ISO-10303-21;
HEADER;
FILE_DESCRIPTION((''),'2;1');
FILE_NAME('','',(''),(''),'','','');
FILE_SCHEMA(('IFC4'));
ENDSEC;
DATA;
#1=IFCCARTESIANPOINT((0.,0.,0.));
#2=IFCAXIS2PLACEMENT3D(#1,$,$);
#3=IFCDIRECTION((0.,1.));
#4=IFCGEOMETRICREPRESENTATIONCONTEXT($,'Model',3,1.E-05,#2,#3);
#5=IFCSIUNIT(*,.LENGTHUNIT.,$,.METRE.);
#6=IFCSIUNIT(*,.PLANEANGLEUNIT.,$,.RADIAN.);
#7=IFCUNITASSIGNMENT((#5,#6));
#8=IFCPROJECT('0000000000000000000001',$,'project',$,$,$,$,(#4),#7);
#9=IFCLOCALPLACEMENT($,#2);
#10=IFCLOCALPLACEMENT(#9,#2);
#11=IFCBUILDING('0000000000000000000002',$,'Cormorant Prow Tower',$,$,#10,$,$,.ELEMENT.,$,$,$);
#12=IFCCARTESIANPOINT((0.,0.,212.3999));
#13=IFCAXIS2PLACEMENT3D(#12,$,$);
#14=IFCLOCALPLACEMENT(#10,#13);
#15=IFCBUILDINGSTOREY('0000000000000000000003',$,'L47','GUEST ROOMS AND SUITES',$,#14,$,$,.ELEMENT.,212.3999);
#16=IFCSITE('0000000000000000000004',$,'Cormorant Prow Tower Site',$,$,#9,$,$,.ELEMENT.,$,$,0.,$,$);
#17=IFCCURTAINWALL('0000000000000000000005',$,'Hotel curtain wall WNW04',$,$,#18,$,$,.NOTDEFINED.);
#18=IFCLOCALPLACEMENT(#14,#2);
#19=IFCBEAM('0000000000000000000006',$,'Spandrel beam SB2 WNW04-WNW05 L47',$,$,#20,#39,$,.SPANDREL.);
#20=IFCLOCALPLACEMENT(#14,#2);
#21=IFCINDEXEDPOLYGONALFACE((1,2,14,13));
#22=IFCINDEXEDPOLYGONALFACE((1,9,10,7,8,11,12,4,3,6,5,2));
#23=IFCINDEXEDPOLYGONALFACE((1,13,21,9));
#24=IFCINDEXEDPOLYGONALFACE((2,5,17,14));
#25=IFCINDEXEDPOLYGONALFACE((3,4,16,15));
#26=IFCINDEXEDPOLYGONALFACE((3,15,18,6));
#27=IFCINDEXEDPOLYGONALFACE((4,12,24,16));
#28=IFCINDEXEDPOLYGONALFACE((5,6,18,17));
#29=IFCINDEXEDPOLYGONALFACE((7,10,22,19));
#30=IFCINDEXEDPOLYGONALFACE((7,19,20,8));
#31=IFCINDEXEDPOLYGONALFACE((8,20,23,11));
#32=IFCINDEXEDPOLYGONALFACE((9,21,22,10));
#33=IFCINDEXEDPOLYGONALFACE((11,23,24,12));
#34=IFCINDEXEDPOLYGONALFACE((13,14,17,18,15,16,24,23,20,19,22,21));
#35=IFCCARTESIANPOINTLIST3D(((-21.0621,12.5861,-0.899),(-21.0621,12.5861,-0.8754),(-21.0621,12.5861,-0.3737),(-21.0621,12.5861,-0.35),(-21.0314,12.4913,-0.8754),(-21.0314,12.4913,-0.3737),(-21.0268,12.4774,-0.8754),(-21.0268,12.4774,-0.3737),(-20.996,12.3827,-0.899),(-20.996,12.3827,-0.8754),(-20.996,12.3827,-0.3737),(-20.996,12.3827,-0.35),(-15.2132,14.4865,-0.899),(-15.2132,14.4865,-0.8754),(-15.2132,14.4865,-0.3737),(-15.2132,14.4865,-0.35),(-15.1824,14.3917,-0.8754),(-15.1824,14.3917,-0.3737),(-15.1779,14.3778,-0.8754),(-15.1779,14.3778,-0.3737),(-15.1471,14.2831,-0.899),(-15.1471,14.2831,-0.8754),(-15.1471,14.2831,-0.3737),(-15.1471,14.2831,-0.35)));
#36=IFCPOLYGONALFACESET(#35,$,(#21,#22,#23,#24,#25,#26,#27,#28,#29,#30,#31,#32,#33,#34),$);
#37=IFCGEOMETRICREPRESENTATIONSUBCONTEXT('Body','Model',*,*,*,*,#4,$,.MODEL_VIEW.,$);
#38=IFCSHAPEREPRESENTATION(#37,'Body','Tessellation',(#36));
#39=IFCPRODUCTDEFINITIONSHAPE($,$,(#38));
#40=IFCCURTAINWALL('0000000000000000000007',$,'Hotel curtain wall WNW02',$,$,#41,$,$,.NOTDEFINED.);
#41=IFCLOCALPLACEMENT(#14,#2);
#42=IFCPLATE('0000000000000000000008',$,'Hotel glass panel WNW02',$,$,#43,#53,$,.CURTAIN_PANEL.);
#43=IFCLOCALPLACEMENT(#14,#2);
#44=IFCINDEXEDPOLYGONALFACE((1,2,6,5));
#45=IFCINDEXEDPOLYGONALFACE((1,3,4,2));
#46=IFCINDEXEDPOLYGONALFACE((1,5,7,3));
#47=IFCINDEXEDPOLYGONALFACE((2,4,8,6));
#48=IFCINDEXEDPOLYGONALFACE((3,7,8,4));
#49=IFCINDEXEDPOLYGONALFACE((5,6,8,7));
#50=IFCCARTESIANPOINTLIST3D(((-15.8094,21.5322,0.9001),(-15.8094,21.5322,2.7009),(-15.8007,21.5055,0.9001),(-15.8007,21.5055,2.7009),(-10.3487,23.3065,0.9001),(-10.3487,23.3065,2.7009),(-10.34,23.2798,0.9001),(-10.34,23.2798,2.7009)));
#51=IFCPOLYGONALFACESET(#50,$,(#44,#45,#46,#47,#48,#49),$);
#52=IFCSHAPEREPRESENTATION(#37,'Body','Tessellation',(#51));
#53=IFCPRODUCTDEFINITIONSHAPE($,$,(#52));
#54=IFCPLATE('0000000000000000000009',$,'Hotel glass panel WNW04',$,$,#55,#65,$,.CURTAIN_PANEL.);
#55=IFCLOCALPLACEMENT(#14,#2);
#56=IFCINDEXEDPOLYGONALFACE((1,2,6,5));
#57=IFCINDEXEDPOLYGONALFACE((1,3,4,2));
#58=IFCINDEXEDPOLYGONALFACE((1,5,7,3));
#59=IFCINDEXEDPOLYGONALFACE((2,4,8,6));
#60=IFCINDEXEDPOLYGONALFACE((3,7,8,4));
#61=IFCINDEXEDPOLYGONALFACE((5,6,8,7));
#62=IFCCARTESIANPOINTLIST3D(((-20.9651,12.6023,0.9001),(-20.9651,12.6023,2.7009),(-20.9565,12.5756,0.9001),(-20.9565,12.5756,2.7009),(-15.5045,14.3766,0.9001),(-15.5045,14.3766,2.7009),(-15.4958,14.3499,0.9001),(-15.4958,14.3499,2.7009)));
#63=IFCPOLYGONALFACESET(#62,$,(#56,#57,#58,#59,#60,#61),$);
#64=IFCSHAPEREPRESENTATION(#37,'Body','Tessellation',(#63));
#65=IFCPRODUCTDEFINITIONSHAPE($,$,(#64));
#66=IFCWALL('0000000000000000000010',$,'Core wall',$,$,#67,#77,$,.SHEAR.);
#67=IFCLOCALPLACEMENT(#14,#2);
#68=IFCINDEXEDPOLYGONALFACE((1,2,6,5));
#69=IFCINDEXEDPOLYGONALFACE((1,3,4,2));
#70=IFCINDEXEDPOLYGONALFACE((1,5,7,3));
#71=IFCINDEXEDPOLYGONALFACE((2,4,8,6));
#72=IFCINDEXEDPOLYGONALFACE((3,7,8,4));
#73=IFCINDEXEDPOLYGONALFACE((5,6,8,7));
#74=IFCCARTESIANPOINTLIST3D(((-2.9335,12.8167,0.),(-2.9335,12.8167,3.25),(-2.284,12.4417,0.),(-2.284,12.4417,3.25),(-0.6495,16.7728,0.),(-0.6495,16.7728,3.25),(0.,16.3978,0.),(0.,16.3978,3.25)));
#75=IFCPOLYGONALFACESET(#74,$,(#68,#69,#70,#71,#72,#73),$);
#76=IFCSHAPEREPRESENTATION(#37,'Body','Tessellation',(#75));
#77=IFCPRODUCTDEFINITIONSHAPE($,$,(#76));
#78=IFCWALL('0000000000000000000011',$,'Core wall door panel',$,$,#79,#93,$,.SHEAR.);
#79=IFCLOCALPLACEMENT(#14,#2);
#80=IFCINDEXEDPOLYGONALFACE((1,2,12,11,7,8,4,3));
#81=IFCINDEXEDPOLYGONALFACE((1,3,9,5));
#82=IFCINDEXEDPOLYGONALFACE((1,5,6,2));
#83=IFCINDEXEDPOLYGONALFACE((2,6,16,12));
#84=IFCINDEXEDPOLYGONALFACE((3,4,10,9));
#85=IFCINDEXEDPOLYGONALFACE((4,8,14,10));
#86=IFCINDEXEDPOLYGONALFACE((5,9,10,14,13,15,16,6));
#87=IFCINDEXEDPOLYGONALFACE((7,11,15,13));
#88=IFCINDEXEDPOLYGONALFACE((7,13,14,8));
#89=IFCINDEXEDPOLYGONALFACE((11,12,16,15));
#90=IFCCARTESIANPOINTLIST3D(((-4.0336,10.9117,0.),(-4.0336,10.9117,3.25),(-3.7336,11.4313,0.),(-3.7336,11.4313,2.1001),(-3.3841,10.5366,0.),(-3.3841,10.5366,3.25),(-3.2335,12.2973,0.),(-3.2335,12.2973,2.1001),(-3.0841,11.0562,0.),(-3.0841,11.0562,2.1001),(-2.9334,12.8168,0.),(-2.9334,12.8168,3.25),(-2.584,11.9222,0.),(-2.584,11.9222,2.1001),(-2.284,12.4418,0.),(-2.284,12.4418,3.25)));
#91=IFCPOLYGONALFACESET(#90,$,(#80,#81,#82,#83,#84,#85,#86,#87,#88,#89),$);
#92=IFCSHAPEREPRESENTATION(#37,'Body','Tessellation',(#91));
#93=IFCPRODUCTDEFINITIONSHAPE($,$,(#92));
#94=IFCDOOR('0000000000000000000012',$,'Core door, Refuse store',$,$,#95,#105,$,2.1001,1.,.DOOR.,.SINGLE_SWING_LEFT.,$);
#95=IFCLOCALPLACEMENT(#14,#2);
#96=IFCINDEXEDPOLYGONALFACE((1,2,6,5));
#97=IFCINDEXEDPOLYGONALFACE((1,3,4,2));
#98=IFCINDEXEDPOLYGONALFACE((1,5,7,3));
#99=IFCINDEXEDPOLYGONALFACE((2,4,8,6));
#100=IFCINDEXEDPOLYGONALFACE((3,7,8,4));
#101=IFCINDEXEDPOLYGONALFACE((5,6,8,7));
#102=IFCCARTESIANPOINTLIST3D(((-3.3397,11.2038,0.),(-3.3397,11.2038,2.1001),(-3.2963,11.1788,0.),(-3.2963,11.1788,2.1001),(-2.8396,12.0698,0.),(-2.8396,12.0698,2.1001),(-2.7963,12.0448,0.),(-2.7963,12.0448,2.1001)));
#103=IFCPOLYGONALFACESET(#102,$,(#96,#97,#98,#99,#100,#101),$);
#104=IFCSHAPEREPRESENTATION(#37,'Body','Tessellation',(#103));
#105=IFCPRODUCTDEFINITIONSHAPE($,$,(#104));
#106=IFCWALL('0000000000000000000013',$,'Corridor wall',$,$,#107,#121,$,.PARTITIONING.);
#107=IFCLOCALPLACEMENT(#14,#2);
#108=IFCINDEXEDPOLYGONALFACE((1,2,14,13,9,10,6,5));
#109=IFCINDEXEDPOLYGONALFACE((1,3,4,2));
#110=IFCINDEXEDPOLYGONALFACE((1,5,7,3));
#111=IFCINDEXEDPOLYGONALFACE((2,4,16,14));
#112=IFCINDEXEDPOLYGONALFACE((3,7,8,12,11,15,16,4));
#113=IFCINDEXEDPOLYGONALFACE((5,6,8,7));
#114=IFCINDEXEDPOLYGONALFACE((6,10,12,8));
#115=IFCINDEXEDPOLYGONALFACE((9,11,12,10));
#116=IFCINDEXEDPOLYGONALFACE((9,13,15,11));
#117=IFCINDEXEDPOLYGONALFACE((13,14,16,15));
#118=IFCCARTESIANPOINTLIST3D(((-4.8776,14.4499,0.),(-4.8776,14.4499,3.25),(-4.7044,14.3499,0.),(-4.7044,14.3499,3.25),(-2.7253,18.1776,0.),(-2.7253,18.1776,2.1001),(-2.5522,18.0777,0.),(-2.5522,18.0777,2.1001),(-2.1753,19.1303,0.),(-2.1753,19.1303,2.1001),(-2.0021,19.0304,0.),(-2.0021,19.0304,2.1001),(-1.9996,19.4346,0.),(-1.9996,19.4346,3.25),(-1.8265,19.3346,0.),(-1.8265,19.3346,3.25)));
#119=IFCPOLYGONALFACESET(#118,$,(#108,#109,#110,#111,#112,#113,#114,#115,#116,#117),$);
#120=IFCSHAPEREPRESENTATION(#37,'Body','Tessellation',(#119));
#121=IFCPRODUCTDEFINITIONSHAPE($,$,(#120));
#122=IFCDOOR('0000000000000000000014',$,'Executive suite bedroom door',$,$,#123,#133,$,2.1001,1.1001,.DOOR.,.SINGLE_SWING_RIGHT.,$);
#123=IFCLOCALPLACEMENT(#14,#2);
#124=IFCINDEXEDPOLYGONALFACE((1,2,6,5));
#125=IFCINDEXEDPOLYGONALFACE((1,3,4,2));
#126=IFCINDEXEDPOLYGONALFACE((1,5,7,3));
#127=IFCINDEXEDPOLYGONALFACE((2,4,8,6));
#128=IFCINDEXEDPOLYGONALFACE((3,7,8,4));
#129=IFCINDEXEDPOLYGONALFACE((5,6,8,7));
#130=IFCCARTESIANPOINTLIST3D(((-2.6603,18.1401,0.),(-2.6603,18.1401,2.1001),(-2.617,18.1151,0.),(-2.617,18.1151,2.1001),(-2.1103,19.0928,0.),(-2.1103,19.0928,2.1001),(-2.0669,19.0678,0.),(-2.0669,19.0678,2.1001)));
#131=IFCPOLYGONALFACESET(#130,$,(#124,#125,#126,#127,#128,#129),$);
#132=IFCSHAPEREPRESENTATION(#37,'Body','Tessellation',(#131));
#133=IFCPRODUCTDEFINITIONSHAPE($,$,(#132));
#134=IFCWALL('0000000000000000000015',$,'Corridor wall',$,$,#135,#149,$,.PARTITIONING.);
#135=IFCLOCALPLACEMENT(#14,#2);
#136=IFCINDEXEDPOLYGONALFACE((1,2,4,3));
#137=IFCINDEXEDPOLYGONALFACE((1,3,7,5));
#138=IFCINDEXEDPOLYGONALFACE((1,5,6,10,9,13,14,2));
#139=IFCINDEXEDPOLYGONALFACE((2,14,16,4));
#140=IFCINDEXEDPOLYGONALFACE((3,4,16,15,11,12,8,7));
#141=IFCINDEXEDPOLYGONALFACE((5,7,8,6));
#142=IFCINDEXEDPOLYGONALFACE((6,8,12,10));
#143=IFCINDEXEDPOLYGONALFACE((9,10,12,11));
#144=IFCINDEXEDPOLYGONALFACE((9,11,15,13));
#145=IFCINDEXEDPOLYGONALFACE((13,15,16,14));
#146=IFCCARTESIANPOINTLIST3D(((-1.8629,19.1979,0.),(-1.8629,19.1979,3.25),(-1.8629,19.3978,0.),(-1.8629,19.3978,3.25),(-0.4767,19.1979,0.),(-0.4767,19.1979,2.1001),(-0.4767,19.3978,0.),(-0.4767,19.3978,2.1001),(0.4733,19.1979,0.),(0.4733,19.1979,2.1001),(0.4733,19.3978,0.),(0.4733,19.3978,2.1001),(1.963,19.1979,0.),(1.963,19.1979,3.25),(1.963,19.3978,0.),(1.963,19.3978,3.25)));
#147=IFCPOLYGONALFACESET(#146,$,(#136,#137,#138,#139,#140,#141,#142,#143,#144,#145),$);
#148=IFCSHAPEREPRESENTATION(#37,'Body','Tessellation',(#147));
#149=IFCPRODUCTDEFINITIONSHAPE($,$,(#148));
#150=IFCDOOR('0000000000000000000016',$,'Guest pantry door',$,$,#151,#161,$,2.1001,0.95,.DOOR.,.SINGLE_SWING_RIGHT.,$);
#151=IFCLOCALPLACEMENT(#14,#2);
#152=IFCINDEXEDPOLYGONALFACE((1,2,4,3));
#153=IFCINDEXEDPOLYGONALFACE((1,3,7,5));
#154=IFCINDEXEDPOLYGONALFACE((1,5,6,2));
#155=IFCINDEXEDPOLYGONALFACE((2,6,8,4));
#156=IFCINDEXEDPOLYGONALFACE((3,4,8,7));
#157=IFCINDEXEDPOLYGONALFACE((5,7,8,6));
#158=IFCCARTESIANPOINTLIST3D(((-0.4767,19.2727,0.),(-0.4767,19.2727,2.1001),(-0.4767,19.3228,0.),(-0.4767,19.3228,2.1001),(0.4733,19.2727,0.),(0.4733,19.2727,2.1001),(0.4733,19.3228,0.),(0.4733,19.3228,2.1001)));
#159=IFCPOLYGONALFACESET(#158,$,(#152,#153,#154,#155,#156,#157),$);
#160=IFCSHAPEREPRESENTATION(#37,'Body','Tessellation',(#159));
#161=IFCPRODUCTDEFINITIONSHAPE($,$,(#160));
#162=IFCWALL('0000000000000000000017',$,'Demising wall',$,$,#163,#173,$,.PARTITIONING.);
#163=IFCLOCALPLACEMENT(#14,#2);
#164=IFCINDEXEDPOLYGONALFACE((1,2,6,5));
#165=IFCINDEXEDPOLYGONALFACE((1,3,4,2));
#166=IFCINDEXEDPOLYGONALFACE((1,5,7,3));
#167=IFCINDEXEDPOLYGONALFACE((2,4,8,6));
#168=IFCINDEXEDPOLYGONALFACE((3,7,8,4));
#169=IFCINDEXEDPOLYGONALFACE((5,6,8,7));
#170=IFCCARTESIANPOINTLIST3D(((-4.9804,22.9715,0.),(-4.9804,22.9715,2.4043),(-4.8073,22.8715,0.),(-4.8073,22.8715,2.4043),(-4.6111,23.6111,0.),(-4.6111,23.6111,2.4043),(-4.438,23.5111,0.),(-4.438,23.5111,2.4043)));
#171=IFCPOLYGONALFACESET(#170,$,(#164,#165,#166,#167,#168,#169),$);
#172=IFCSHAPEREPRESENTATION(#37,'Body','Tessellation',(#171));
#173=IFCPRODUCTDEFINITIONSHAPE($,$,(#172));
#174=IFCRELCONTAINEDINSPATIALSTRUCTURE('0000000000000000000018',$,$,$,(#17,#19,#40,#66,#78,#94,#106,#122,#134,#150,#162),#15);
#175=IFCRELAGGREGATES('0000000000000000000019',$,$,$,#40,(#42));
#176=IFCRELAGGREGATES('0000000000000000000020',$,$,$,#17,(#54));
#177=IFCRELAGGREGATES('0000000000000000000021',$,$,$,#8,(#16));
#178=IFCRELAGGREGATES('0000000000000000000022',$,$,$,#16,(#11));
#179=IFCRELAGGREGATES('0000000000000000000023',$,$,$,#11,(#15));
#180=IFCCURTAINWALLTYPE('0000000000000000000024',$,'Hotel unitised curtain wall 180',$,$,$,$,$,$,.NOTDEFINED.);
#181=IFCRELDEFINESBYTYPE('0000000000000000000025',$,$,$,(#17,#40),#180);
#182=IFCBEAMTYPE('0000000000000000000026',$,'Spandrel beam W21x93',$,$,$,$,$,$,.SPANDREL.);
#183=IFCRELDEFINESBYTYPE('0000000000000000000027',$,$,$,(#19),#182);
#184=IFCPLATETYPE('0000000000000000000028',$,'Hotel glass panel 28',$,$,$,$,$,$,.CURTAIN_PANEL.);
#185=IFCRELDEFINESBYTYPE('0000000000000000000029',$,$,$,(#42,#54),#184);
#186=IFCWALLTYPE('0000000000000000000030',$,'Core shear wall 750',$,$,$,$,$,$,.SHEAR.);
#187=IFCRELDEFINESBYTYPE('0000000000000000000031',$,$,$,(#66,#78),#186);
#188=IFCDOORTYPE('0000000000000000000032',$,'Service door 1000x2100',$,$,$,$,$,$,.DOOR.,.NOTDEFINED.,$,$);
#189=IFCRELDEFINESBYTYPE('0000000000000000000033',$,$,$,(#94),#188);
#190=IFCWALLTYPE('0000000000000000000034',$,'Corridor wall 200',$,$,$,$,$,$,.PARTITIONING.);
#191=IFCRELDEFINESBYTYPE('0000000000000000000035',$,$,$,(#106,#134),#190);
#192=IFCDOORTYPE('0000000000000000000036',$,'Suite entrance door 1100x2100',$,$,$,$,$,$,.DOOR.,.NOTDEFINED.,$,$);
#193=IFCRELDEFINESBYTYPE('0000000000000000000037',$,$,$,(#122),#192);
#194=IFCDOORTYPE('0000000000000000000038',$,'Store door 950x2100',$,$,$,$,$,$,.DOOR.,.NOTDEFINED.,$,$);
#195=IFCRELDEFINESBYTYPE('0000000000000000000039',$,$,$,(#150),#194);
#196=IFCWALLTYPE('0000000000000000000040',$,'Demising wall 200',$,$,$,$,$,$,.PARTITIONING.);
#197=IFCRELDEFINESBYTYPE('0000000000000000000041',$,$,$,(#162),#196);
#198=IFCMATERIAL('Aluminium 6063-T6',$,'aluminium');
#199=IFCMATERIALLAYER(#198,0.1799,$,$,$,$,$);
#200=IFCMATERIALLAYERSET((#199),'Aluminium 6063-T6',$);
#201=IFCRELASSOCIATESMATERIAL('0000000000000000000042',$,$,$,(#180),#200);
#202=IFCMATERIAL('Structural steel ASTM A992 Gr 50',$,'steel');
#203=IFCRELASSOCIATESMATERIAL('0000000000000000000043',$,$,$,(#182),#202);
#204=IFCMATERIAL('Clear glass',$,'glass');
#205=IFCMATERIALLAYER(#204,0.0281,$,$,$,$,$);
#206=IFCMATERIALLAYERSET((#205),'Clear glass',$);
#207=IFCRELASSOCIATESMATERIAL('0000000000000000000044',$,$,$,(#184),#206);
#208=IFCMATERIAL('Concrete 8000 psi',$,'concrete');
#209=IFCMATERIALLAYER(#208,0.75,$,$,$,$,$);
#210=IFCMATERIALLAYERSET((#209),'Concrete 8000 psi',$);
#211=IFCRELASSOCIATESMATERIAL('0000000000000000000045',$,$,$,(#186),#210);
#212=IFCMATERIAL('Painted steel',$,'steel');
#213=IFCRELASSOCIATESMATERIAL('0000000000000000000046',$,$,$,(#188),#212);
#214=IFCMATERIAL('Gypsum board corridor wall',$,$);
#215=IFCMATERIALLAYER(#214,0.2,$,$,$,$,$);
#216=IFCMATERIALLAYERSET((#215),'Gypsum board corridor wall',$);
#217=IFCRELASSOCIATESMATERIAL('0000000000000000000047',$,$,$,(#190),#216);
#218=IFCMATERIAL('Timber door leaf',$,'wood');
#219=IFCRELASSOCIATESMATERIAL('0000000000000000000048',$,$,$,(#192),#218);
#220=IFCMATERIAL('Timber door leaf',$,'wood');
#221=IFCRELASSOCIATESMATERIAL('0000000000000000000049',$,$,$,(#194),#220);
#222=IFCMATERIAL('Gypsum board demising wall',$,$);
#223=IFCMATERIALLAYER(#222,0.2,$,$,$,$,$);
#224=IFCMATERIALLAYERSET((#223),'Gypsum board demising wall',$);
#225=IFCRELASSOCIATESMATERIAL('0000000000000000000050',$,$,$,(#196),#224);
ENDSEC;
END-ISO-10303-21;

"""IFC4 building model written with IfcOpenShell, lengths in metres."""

from ifc_helpers import new_model, si_unit, direction, frame, frame_2d, origin, origin_2d, place, context, subcontext, project, spatial, rectangle, i_section, extrude, material, layer, layer_set, material_profile, profile_set, type_object, element, fill, aggregate, save


model = new_model("IFC4")

# Units and contexts
model_context = context("Model", 3, precision=1e-05, world=origin(), true_north=direction((0.0, 1.0)))
body_context = subcontext(model_context, "Body", "Model", "MODEL_VIEW")
ifc_project = project(units=[si_unit("LENGTHUNIT", "METRE"), si_unit("PLANEANGLEUNIT", "RADIAN")], contexts=[model_context])

# Site, building, storey
site_placement = place(None, origin())
site = spatial("IfcSite", under=ifc_project, at=site_placement, Name="Cormorant Prow Tower Site", CompositionType="ELEMENT", RefElevation=0.0)
building_placement = place(site_placement, origin())
building = spatial("IfcBuilding", under=site, at=building_placement, Name="Cormorant Prow Tower", CompositionType="ELEMENT")
storey_placement = place(building_placement, frame((0.0, 0.0, 212.3999)))
storey = spatial("IfcBuildingStorey", under=building, at=storey_placement, Name="L47", Description="GUEST ROOMS AND SUITES", CompositionType="ELEMENT", Elevation=212.3999)

# Curtain wall
ifc_material_1 = material(Name="Aluminium 6063-T6", Category="aluminium")
ifc_layer_1 = layer(ifc_material_1, 0.1799)
ifc_layer_set_1 = layer_set([ifc_layer_1], Name="Aluminium 6063-T6")
curtain_wall_type = type_object("IfcCurtainWallType", Name="Hotel unitised curtain wall 180", PredefinedType="NOTDEFINED", material=ifc_layer_set_1)
curtain_wall_1_placement = place(storey_placement, origin())
curtain_wall_1 = element("IfcCurtainWall", 1, at=curtain_wall_1_placement, inside=storey, type_object=curtain_wall_type, Name="Hotel curtain wall WNW04", PredefinedType="NOTDEFINED")

# Beam
ifc_material_2 = material(Name="Structural steel ASTM A992 Gr 50", Category="steel")
ifc_material_profile_1 = material_profile(ifc_material_2, i_section(OverallWidth=0.2139, OverallDepth=0.5491, WebThickness=0.0146, FlangeThickness=0.0237, at=origin_2d()), Name="W21x93")
ifc_profile_set_1 = profile_set([ifc_material_profile_1], Name="Structural steel ASTM A992 Gr 50")
beam_type_1 = type_object("IfcBeamType", Name="Spandrel beam W21x93", PredefinedType="SPANDREL", material=ifc_profile_set_1)
beam_1_placement = place(storey_placement, frame((-15.1802, 14.3848, -0.6245), z_axis=(-0.951058, -0.309013, 0.0), x_axis=(0.309013, -0.951058, 0.0)))
element("IfcBeam", 2, at=beam_1_placement, inside=storey, type_object=beam_type_1, Name="Spandrel beam SB2 WNW04-WNW05 L47", PredefinedType="SPANDREL", context=body_context, shape_type="SweptSolid", body=[
    extrude(i_section(OverallWidth=0.2139, OverallDepth=0.5491, WebThickness=0.0146, FlangeThickness=0.0237, at=origin_2d()), origin(), (0.0, 0.0, 1.0), 6.1499),
])

# Curtain wall, plate
curtain_wall_2_placement = place(storey_placement, origin())
curtain_wall_2 = element("IfcCurtainWall", 3, at=curtain_wall_2_placement, inside=storey, type_object=curtain_wall_type, Name="Hotel curtain wall WNW02", PredefinedType="NOTDEFINED")
ifc_material_3 = material(Name="Clear glass", Category="glass")
ifc_layer_2 = layer(ifc_material_3, 0.0281)
ifc_layer_set_2 = layer_set([ifc_layer_2], Name="Clear glass")
plate_type = type_object("IfcPlateType", Name="Hotel glass panel 28", PredefinedType="CURTAIN_PANEL", material=ifc_layer_set_2)
plate_1_placement = place(storey_placement, frame((-13.0747, 22.406, 0.9001), z_axis=(0.0, 0.0, 1.0), x_axis=(-0.951057, -0.309017, 0.0)))
plate_1 = element("IfcPlate", 4, at=plate_1_placement, type_object=plate_type, Name="Hotel glass panel WNW02", PredefinedType="CURTAIN_PANEL", context=body_context, shape_type="SweptSolid", body=[
    extrude(rectangle(XDim=5.7417, YDim=0.0281, at=origin_2d()), origin(), (0.0, 0.0, 1.0), 1.8008),
])
aggregate(curtain_wall_2, [plate_1])

# Plate
plate_2_placement = place(storey_placement, frame((-18.2305, 13.4761, 0.9001), z_axis=(0.0, 0.0, 1.0), x_axis=(-0.951057, -0.309017, 0.0)))
plate_2 = element("IfcPlate", 5, at=plate_2_placement, type_object=plate_type, Name="Hotel glass panel WNW04", PredefinedType="CURTAIN_PANEL", context=body_context, shape_type="SweptSolid", body=[
    extrude(rectangle(XDim=5.7417, YDim=0.0281, at=origin_2d()), origin(), (0.0, 0.0, 1.0), 1.8008),
])
aggregate(curtain_wall_1, [plate_2])

# Wall
ifc_material_4 = material(Name="Concrete 8000 psi", Category="concrete")
ifc_layer_3 = layer(ifc_material_4, 0.75)
ifc_layer_set_3 = layer_set([ifc_layer_3], Name="Concrete 8000 psi")
wall_type_1 = type_object("IfcWallType", Name="Core shear wall 750", PredefinedType="SHEAR", material=ifc_layer_set_3)
wall_1_placement = place(storey_placement, frame((-0.3247, 16.5854, 0.0), z_axis=(0.0, 0.0, 1.0), x_axis=(-0.499985, -0.866034, 0.0)))
element("IfcWall", 6, at=wall_1_placement, inside=storey, type_object=wall_type_1, Name="Core wall", PredefinedType="SHEAR", context=body_context, shape_type="SweptSolid", body=[
    extrude(rectangle(XDim=4.5681, YDim=0.75, at=frame_2d((2.2842, 0.0))), origin(), (0.0, 0.0, 1.0), 3.25),
])

# Walls, openings, doors
wall_2_placement = place(storey_placement, frame((-2.6086, 12.6294, 0.0), z_axis=(0.0, 0.0, 1.0), x_axis=(-0.500078, -0.86598, 0.0)))
wall_2 = element("IfcWall", 7, at=wall_2_placement, inside=storey, type_object=wall_type_1, Name="Core wall door panel", PredefinedType="SHEAR", context=body_context, shape_type="SweptSolid", body=[
    extrude(rectangle(XDim=2.2, YDim=0.75, at=frame_2d((1.1001, 0.0))), origin(), (0.0, 0.0, 1.0), 3.25),
])
opening_1_placement = place(wall_2_placement, frame((0.6001, 0.0, 0.0)))
opening_1 = element("IfcOpeningElement", 8, at=opening_1_placement, cuts=wall_2, PredefinedType="OPENING", context=body_context, shape_type="SweptSolid", body=[
    extrude(rectangle(XDim=1.0, YDim=2.1001, at=frame_2d((0.5, 1.05))), frame((0.0, 0.385, 0.0), z_axis=(0.0, -1.0, 0.0), x_axis=(1.0, 0.0, 0.0)), (0.0, 0.0, 1.0), 0.77),
])
ifc_material_5 = material(Name="Painted steel", Category="steel")
door_type_1 = type_object("IfcDoorType", Name="Service door 1000x2100", OperationType="NOTDEFINED", PredefinedType="DOOR", material=ifc_material_5)
door_1_placement = place(opening_1_placement, origin())
door_1 = element("IfcDoor", 9, at=door_1_placement, inside=storey, type_object=door_type_1, Name="Core door, Refuse store", OperationType="SINGLE_SWING_LEFT", OverallHeight=2.1001, OverallWidth=1.0, PredefinedType="DOOR", context=body_context, shape_type="SweptSolid", body=[
    extrude(rectangle(XDim=1.0, YDim=2.1001, at=frame_2d((0.5, 1.05))), frame((0.0, 0.1299, 0.0), z_axis=(0.0, -1.0, 0.0), x_axis=(1.0, 0.0, 0.0)), (0.0, 0.0, 1.0), 0.05),
])
fill(opening_1, door_1)
ifc_material_6 = material(Name="Gypsum board corridor wall")
ifc_layer_4 = layer(ifc_material_6, 0.2)
ifc_layer_set_4 = layer_set([ifc_layer_4], Name="Gypsum board corridor wall")
wall_type_2 = type_object("IfcWallType", Name="Corridor wall 200", PredefinedType="PARTITIONING", material=ifc_layer_set_4)
wall_3_placement = place(storey_placement, frame((-4.791, 14.3999, 0.0), z_axis=(0.0, 0.0, 1.0), x_axis=(0.500008, 0.866021, 0.0)))
wall_3 = element("IfcWall", 10, at=wall_3_placement, inside=storey, type_object=wall_type_2, Name="Corridor wall", PredefinedType="PARTITIONING", context=body_context, shape_type="SweptSolid", body=[
    extrude(rectangle(XDim=5.7559, YDim=0.2, at=frame_2d((2.8779, 0.0))), origin(), (0.0, 0.0, 1.0), 3.25),
])
opening_2_placement = place(wall_3_placement, frame((4.3044, 0.0, 0.0)))
opening_2 = element("IfcOpeningElement", 11, at=opening_2_placement, cuts=wall_3, PredefinedType="OPENING", context=body_context, shape_type="SweptSolid", body=[
    extrude(rectangle(XDim=1.1001, YDim=2.1001, at=frame_2d((0.55, 1.05))), frame((0.0, 0.1099, 0.0), z_axis=(0.0, -1.0, 0.0), x_axis=(1.0, 0.0, 0.0)), (0.0, 0.0, 1.0), 0.22),
])
ifc_material_7 = material(Name="Timber door leaf", Category="wood")
door_type_2 = type_object("IfcDoorType", Name="Suite entrance door 1100x2100", OperationType="NOTDEFINED", PredefinedType="DOOR", material=ifc_material_7)
door_2_placement = place(opening_2_placement, origin())
door_2 = element("IfcDoor", 12, at=door_2_placement, inside=storey, type_object=door_type_2, Name="Executive suite bedroom door", OperationType="SINGLE_SWING_RIGHT", OverallHeight=2.1001, OverallWidth=1.1001, PredefinedType="DOOR", context=body_context, shape_type="SweptSolid", body=[
    extrude(rectangle(XDim=1.1001, YDim=2.1001, at=frame_2d((0.55, 1.05))), frame((0.0, 0.0249, 0.0), z_axis=(0.0, -1.0, 0.0), x_axis=(1.0, 0.0, 0.0)), (0.0, 0.0, 1.0), 0.05),
])
fill(opening_2, door_2)
wall_4_placement = place(storey_placement, frame((-1.863, 19.2979, 0.0), z_axis=(0.0, 0.0, 1.0), x_axis=(1.0, 0.0, 0.0)))
wall_4 = element("IfcWall", 13, at=wall_4_placement, inside=storey, type_object=wall_type_2, Name="Corridor wall", PredefinedType="PARTITIONING", context=body_context, shape_type="SweptSolid", body=[
    extrude(rectangle(XDim=3.8259, YDim=0.2, at=frame_2d((1.9131, 0.0))), origin(), (0.0, 0.0, 1.0), 3.25),
])
opening_3_placement = place(wall_4_placement, frame((1.3862, 0.0, 0.0)))
opening_3 = element("IfcOpeningElement", 14, at=opening_3_placement, cuts=wall_4, PredefinedType="OPENING", context=body_context, shape_type="SweptSolid", body=[
    extrude(rectangle(XDim=0.95, YDim=2.1001, at=frame_2d((0.4751, 1.05))), frame((0.0, 0.1099, 0.0), z_axis=(0.0, -1.0, 0.0), x_axis=(1.0, 0.0, 0.0)), (0.0, 0.0, 1.0), 0.22),
])
ifc_material_8 = material(Name="Timber door leaf", Category="wood")
door_type_3 = type_object("IfcDoorType", Name="Store door 950x2100", OperationType="NOTDEFINED", PredefinedType="DOOR", material=ifc_material_8)
door_3_placement = place(opening_3_placement, origin())
door_3 = element("IfcDoor", 15, at=door_3_placement, inside=storey, type_object=door_type_3, Name="Guest pantry door", OperationType="SINGLE_SWING_RIGHT", OverallHeight=2.1001, OverallWidth=0.95, PredefinedType="DOOR", context=body_context, shape_type="SweptSolid", body=[
    extrude(rectangle(XDim=0.95, YDim=2.1001, at=frame_2d((0.4751, 1.05))), frame((0.0, 0.0249, 0.0), z_axis=(0.0, -1.0, 0.0), x_axis=(1.0, 0.0, 0.0)), (0.0, 0.0, 1.0), 0.05),
])
fill(opening_3, door_3)

# Wall
ifc_material_9 = material(Name="Gypsum board demising wall")
ifc_layer_5 = layer(ifc_material_9, 0.2)
ifc_layer_set_5 = layer_set([ifc_layer_5], Name="Gypsum board demising wall")
wall_type_3 = type_object("IfcWallType", Name="Demising wall 200", PredefinedType="PARTITIONING", material=ifc_layer_set_5)
wall_5_placement = place(storey_placement, frame((-4.8938, 22.9216, 0.0), z_axis=(0.0, 0.0, 1.0), x_axis=(0.500085, 0.865976, 0.0)))
element("IfcWall", 16, at=wall_5_placement, inside=storey, type_object=wall_type_3, Name="Demising wall", PredefinedType="PARTITIONING", context=body_context, shape_type="SweptSolid", body=[
    extrude(rectangle(XDim=0.7385, YDim=0.2, at=frame_2d((0.3691, 0.0))), origin(), (0.0, 0.0, 1.0), 2.4043),
])

save(model, "model.ifc")
